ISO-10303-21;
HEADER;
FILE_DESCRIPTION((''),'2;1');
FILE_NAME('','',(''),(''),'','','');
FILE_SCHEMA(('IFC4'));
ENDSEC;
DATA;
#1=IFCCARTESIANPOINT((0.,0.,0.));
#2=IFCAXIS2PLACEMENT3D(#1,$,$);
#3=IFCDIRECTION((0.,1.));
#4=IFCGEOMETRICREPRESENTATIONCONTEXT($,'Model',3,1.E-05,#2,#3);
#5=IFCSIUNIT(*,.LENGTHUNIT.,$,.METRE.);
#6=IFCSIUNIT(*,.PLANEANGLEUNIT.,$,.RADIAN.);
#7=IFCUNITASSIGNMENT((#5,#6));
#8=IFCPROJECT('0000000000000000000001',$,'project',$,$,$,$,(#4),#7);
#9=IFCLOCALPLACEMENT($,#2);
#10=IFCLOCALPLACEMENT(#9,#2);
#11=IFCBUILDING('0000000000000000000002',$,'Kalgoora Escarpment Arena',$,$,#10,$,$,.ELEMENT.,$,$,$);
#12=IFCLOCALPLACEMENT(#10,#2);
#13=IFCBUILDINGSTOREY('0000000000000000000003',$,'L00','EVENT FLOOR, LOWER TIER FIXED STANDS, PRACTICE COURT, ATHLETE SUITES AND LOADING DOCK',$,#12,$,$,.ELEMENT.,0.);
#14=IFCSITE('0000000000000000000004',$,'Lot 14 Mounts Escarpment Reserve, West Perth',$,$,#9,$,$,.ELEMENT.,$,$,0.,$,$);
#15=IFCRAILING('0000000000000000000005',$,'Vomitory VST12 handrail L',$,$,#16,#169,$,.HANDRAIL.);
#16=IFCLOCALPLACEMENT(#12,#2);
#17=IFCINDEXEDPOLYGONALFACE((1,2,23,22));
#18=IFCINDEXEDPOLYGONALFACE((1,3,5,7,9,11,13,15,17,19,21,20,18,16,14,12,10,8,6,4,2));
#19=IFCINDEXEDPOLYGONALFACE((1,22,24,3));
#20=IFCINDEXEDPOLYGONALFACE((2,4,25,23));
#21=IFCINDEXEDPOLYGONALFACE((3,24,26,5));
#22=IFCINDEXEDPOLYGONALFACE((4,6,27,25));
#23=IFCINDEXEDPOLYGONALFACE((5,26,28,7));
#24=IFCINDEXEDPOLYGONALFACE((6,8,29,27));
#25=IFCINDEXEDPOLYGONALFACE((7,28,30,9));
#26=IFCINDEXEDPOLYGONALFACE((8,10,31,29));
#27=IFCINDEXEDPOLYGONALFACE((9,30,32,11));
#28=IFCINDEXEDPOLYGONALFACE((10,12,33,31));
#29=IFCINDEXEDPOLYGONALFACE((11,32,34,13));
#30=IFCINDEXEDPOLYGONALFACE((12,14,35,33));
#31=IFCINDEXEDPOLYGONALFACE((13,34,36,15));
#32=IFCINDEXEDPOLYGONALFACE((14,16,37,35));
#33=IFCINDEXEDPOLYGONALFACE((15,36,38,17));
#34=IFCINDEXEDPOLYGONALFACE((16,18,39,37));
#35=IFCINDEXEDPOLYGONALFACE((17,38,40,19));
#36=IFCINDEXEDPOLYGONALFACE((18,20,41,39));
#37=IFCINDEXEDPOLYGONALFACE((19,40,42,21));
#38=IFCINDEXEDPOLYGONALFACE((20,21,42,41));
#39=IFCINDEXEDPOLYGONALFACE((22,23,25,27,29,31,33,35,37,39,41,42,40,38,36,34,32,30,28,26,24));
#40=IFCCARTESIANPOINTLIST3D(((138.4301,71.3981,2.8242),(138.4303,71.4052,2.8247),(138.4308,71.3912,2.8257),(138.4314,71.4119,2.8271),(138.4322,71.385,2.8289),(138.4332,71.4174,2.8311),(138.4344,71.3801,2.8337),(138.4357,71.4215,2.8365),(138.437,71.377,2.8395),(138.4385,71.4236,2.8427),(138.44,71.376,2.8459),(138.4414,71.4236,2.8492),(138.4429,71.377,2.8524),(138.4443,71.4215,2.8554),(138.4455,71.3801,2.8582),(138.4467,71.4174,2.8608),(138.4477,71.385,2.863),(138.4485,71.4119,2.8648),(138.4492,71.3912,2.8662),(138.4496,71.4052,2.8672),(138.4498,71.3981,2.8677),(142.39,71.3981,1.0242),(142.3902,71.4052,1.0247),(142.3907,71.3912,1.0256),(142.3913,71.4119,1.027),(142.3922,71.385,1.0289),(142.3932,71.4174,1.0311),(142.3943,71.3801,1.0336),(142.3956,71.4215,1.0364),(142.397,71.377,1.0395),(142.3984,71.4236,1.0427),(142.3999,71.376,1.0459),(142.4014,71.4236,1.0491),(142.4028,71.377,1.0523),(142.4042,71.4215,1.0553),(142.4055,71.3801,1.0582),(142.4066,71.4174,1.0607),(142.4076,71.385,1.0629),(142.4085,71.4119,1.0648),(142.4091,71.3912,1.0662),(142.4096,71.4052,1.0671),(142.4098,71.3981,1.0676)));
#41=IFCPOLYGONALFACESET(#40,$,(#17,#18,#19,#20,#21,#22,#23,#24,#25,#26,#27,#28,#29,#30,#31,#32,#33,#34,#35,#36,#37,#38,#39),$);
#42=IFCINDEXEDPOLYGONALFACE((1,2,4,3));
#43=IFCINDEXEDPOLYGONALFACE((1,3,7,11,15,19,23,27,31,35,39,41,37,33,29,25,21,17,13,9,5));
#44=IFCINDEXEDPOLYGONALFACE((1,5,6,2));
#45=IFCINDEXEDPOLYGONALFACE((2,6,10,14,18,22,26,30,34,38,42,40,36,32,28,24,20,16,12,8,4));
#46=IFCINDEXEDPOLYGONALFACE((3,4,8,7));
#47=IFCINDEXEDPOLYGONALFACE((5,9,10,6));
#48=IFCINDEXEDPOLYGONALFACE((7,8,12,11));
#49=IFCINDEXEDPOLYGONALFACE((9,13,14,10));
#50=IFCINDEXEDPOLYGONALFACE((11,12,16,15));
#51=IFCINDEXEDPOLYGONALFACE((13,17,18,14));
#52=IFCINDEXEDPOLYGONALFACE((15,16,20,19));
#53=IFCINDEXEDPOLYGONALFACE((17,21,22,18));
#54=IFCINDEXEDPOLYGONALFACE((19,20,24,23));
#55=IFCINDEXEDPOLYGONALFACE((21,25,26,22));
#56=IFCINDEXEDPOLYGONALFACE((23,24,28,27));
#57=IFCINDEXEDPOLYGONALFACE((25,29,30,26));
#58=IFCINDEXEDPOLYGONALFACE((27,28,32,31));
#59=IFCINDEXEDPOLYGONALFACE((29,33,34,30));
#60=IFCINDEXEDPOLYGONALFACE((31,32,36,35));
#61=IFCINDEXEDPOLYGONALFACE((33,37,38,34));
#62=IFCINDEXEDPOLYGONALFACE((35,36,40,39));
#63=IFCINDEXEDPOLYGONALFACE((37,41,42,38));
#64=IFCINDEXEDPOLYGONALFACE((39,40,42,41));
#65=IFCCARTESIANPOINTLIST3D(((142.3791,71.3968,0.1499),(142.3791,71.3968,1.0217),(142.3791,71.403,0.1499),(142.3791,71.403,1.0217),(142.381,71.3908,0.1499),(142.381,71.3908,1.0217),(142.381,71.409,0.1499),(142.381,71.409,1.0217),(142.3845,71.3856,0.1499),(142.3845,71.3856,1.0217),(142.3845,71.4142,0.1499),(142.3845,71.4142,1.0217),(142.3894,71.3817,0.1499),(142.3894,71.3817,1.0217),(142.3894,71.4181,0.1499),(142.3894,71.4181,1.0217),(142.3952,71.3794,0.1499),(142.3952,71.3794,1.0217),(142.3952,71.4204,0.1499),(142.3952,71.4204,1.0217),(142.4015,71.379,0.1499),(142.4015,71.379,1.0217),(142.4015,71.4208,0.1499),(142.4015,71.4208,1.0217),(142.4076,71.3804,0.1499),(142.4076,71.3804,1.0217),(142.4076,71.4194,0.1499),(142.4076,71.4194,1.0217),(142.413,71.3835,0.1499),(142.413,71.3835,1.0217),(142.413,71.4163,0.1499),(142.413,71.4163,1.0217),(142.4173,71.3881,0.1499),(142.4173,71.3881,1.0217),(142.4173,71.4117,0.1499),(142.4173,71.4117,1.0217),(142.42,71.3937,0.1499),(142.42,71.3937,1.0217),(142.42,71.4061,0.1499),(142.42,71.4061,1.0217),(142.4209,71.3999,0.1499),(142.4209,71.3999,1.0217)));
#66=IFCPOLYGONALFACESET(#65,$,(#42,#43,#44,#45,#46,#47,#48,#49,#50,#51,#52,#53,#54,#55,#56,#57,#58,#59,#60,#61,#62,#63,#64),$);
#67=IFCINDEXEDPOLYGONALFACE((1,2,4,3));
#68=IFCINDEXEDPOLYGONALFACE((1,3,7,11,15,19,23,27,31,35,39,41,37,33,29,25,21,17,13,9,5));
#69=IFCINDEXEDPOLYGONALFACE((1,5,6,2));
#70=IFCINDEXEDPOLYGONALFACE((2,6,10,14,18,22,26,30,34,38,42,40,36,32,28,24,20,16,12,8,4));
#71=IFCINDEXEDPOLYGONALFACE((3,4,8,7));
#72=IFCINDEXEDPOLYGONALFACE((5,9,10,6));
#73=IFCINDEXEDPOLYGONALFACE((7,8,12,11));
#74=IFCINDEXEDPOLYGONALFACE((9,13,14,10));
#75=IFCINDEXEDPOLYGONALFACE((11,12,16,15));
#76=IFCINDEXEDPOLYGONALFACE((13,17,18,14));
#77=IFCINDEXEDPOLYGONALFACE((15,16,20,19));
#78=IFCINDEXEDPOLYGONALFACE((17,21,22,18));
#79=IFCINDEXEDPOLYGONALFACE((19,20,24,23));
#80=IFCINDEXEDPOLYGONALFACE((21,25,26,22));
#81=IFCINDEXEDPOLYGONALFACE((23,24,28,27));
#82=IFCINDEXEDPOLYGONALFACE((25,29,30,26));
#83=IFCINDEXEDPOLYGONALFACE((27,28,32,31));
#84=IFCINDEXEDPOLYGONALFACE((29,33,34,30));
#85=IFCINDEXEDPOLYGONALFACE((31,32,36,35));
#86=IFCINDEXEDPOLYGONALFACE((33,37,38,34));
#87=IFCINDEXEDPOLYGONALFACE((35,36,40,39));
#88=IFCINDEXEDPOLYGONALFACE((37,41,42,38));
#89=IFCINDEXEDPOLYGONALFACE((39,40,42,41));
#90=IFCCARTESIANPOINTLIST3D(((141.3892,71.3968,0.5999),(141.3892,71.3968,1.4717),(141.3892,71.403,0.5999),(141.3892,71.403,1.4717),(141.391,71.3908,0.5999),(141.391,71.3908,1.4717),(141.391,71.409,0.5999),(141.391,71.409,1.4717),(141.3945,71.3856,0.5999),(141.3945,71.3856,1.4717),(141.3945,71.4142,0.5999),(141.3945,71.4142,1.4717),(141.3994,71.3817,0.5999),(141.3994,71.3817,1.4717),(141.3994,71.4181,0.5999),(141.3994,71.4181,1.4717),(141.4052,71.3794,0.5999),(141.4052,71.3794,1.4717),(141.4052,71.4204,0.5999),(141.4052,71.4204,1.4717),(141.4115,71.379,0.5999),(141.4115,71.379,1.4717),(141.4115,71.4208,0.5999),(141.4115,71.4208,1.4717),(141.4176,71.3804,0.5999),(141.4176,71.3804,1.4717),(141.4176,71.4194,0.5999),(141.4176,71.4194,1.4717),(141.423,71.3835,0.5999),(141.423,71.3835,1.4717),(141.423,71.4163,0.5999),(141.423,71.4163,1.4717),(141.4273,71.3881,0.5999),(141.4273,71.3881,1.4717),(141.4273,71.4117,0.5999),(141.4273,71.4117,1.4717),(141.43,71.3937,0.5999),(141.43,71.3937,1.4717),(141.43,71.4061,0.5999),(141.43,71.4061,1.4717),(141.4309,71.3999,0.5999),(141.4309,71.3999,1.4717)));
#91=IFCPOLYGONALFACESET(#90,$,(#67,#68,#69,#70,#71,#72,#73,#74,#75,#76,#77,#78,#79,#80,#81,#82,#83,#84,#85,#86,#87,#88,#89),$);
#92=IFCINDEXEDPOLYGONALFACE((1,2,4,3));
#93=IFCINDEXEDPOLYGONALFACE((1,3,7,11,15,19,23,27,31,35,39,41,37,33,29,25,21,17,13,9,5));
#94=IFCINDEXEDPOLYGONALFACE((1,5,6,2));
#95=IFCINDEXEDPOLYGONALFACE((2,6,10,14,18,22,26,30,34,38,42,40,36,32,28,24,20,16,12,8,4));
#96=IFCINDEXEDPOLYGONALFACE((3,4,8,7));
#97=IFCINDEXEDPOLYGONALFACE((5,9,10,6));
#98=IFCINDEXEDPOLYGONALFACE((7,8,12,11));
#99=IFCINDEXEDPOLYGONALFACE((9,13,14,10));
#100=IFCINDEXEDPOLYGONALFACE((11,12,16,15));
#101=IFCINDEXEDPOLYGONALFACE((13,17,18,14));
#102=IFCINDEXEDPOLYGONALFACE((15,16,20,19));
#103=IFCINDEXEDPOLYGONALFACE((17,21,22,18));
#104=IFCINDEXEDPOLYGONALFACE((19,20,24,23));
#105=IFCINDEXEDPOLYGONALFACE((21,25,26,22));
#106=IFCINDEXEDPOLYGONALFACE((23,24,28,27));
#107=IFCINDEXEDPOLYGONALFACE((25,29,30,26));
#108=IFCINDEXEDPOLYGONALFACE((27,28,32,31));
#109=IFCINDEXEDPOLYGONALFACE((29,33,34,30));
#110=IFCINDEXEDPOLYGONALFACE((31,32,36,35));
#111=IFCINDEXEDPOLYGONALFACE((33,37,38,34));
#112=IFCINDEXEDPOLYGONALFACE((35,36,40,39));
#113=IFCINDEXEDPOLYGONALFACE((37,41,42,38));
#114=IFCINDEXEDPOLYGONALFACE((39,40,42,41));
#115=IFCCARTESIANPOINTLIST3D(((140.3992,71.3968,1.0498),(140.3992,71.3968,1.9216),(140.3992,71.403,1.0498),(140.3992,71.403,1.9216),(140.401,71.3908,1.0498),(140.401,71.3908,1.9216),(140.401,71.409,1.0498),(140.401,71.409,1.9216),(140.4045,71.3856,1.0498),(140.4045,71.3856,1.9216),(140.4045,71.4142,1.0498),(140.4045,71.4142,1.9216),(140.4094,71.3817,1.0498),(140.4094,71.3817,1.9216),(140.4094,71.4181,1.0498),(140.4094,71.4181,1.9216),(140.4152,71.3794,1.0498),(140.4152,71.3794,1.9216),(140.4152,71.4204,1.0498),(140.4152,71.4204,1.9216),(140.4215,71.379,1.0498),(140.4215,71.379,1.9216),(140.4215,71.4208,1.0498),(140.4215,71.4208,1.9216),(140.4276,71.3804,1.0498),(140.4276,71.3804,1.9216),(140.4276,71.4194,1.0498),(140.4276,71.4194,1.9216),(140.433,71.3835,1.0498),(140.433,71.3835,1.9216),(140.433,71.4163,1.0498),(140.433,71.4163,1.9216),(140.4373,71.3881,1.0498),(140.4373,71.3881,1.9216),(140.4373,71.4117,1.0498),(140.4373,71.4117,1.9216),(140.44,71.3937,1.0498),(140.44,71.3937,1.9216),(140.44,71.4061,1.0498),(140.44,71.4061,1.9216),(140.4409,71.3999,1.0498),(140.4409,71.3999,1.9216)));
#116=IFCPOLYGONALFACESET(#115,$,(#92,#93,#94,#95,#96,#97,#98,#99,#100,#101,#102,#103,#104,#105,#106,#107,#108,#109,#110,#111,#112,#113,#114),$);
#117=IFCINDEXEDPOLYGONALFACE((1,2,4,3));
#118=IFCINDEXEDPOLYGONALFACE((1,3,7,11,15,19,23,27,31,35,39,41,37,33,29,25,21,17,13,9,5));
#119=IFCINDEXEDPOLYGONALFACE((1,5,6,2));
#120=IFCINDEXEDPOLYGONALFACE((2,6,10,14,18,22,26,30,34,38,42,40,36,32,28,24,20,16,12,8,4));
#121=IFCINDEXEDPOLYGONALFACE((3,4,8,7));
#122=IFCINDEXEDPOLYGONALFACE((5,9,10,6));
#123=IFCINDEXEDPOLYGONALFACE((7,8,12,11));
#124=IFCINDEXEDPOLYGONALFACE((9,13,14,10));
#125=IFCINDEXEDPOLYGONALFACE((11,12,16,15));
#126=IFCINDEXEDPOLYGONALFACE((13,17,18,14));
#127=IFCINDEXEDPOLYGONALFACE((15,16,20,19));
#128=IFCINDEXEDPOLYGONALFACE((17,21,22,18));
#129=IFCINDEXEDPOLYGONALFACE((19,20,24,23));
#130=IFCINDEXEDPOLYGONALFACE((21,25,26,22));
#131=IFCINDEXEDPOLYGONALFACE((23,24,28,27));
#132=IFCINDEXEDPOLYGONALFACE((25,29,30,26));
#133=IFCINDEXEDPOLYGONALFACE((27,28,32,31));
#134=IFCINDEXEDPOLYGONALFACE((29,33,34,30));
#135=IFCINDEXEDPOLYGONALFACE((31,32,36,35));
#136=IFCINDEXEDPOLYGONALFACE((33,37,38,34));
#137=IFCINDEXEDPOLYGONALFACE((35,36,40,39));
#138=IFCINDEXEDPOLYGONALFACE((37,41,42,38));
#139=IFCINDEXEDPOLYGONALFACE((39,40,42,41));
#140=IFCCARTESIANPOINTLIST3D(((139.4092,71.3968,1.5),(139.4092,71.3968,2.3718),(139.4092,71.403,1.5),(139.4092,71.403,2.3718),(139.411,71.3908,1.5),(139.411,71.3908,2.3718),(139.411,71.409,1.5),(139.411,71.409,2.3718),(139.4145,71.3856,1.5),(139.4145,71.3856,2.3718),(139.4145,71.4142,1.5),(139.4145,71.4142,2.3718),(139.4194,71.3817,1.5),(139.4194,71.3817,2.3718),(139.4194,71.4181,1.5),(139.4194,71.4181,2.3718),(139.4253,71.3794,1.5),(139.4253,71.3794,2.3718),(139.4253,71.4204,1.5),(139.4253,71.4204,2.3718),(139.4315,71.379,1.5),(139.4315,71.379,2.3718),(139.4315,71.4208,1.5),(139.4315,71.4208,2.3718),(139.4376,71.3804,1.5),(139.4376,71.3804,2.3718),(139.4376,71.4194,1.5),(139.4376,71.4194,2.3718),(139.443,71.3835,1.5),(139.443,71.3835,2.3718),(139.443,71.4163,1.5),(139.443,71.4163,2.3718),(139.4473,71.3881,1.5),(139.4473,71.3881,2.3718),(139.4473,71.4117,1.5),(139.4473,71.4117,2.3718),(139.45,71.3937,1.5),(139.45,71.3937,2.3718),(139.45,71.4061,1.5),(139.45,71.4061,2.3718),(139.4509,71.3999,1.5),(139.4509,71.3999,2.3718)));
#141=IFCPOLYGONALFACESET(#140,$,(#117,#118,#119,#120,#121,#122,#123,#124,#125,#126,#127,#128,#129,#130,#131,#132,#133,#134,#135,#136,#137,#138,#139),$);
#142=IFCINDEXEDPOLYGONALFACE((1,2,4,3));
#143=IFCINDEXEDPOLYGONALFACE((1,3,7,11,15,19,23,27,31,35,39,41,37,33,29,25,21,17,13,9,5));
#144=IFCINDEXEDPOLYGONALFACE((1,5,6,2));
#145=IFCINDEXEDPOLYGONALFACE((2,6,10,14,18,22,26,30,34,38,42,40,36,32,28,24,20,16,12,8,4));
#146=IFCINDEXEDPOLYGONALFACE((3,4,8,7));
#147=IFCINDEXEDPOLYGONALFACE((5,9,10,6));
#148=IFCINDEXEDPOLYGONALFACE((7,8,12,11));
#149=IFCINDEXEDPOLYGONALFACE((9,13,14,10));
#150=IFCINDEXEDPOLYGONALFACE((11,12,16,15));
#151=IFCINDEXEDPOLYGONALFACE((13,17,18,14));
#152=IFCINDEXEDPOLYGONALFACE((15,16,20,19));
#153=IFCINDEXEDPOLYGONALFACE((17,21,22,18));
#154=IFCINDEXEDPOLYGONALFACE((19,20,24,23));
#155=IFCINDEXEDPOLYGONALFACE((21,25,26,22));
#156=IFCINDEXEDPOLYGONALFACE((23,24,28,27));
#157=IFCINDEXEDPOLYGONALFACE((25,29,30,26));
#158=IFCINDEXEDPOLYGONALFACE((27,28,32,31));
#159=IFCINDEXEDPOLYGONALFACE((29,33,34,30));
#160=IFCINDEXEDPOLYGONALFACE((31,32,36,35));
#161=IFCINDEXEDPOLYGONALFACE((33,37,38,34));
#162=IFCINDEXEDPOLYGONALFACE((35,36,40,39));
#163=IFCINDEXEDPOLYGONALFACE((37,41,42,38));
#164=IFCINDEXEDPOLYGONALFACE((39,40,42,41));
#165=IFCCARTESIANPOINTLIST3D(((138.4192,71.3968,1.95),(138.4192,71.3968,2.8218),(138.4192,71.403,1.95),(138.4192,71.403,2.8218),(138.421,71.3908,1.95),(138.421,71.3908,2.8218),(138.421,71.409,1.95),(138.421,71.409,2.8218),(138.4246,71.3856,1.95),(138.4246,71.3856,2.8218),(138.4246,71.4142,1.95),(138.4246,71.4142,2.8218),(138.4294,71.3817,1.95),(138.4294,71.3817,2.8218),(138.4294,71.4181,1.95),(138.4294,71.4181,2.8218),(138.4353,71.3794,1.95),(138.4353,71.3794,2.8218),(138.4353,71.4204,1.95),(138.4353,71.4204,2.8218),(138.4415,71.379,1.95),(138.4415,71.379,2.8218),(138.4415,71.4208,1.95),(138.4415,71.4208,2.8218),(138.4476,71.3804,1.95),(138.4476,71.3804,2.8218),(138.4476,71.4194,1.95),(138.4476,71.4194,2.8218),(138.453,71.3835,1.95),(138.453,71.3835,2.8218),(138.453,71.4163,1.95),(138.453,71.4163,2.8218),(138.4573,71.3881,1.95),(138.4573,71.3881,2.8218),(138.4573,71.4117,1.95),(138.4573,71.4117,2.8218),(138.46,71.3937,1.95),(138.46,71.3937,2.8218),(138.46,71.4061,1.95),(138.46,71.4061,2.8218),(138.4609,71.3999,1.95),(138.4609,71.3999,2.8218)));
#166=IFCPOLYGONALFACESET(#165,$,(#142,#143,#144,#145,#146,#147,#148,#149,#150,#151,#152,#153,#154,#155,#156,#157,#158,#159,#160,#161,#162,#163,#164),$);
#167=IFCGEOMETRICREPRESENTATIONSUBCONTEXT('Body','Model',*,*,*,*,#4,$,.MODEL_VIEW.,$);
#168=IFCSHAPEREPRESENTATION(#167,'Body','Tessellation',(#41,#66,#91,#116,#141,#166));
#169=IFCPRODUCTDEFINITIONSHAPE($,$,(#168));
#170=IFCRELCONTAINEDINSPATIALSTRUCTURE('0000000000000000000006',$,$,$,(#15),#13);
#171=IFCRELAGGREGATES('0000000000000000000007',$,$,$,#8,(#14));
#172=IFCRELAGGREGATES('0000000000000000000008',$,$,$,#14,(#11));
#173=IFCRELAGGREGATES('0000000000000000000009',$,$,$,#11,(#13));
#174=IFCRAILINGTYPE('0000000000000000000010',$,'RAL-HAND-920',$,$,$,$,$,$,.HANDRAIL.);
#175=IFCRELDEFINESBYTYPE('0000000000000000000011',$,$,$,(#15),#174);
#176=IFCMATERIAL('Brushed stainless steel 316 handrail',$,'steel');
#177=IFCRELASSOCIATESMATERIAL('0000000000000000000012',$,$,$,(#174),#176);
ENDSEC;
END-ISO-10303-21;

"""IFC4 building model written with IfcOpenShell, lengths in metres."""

from ifc_helpers import new_model, si_unit, direction, frame, origin, origin_2d, place, context, subcontext, project, spatial, circle, extrude, material, type_object, element, save


model = new_model("IFC4")

# Units and contexts
model_context = context("Model", 3, precision=1e-05, world=origin(), true_north=direction((0.0, 1.0)))
body_context = subcontext(model_context, "Body", "Model", "MODEL_VIEW")
ifc_project = project(units=[si_unit("LENGTHUNIT", "METRE"), si_unit("PLANEANGLEUNIT", "RADIAN")], contexts=[model_context])

# Site, building, storey
site_placement = place(None, origin())
site = spatial("IfcSite", under=ifc_project, at=site_placement, Name="Lot 14 Mounts Escarpment Reserve, West Perth", CompositionType="ELEMENT", RefElevation=0.0)
building_placement = place(site_placement, origin())
building = spatial("IfcBuilding", under=site, at=building_placement, Name="Kalgoora Escarpment Arena", CompositionType="ELEMENT")
storey_placement = place(building_placement, origin())
storey = spatial("IfcBuildingStorey", under=building, at=storey_placement, Name="L00", Description="EVENT FLOOR, LOWER TIER FIXED STANDS, PRACTICE COURT, ATHLETE SUITES AND LOADING DOCK", CompositionType="ELEMENT", Elevation=0.0)

# Railing
ifc_material_1 = material(Name="Brushed stainless steel 316 handrail", Category="steel")
railing_type_1 = type_object("IfcRailingType", Name="RAL-HAND-920", PredefinedType="HANDRAIL", material=ifc_material_1)
railing_1_placement = place(storey_placement, frame((142.3999, 71.3999, 0.1499)))
element("IfcRailing", 1, at=railing_1_placement, inside=storey, type_object=railing_type_1, Name="Vomitory VST12 handrail L", PredefinedType="HANDRAIL", context=body_context, shape_type="SweptSolid", body=[
    extrude(circle(Radius=0.0239, at=origin_2d()), frame((0.0, 0.0, 0.896), z_axis=(-0.910361, 0.0, 0.413816), x_axis=(0.0, -1.0, 0.0)), (0.0, 0.0, 1.0), 4.3499),
    extrude(circle(Radius=0.021, at=origin_2d()), origin(), (0.0, 0.0, 1.0), 0.8718),
    extrude(circle(Radius=0.021, at=origin_2d()), frame((-0.99, 0.0, 0.45)), (0.0, 0.0, 1.0), 0.8718),
    extrude(circle(Radius=0.021, at=origin_2d()), frame((-1.98, 0.0, 0.8999)), (0.0, 0.0, 1.0), 0.8718),
    extrude(circle(Radius=0.021, at=origin_2d()), frame((-2.97, 0.0, 1.3501)), (0.0, 0.0, 1.0), 0.8718),
    extrude(circle(Radius=0.021, at=origin_2d()), frame((-3.96, 0.0, 1.8)), (0.0, 0.0, 1.0), 0.8718),
])

save(model, "model.ifc")
